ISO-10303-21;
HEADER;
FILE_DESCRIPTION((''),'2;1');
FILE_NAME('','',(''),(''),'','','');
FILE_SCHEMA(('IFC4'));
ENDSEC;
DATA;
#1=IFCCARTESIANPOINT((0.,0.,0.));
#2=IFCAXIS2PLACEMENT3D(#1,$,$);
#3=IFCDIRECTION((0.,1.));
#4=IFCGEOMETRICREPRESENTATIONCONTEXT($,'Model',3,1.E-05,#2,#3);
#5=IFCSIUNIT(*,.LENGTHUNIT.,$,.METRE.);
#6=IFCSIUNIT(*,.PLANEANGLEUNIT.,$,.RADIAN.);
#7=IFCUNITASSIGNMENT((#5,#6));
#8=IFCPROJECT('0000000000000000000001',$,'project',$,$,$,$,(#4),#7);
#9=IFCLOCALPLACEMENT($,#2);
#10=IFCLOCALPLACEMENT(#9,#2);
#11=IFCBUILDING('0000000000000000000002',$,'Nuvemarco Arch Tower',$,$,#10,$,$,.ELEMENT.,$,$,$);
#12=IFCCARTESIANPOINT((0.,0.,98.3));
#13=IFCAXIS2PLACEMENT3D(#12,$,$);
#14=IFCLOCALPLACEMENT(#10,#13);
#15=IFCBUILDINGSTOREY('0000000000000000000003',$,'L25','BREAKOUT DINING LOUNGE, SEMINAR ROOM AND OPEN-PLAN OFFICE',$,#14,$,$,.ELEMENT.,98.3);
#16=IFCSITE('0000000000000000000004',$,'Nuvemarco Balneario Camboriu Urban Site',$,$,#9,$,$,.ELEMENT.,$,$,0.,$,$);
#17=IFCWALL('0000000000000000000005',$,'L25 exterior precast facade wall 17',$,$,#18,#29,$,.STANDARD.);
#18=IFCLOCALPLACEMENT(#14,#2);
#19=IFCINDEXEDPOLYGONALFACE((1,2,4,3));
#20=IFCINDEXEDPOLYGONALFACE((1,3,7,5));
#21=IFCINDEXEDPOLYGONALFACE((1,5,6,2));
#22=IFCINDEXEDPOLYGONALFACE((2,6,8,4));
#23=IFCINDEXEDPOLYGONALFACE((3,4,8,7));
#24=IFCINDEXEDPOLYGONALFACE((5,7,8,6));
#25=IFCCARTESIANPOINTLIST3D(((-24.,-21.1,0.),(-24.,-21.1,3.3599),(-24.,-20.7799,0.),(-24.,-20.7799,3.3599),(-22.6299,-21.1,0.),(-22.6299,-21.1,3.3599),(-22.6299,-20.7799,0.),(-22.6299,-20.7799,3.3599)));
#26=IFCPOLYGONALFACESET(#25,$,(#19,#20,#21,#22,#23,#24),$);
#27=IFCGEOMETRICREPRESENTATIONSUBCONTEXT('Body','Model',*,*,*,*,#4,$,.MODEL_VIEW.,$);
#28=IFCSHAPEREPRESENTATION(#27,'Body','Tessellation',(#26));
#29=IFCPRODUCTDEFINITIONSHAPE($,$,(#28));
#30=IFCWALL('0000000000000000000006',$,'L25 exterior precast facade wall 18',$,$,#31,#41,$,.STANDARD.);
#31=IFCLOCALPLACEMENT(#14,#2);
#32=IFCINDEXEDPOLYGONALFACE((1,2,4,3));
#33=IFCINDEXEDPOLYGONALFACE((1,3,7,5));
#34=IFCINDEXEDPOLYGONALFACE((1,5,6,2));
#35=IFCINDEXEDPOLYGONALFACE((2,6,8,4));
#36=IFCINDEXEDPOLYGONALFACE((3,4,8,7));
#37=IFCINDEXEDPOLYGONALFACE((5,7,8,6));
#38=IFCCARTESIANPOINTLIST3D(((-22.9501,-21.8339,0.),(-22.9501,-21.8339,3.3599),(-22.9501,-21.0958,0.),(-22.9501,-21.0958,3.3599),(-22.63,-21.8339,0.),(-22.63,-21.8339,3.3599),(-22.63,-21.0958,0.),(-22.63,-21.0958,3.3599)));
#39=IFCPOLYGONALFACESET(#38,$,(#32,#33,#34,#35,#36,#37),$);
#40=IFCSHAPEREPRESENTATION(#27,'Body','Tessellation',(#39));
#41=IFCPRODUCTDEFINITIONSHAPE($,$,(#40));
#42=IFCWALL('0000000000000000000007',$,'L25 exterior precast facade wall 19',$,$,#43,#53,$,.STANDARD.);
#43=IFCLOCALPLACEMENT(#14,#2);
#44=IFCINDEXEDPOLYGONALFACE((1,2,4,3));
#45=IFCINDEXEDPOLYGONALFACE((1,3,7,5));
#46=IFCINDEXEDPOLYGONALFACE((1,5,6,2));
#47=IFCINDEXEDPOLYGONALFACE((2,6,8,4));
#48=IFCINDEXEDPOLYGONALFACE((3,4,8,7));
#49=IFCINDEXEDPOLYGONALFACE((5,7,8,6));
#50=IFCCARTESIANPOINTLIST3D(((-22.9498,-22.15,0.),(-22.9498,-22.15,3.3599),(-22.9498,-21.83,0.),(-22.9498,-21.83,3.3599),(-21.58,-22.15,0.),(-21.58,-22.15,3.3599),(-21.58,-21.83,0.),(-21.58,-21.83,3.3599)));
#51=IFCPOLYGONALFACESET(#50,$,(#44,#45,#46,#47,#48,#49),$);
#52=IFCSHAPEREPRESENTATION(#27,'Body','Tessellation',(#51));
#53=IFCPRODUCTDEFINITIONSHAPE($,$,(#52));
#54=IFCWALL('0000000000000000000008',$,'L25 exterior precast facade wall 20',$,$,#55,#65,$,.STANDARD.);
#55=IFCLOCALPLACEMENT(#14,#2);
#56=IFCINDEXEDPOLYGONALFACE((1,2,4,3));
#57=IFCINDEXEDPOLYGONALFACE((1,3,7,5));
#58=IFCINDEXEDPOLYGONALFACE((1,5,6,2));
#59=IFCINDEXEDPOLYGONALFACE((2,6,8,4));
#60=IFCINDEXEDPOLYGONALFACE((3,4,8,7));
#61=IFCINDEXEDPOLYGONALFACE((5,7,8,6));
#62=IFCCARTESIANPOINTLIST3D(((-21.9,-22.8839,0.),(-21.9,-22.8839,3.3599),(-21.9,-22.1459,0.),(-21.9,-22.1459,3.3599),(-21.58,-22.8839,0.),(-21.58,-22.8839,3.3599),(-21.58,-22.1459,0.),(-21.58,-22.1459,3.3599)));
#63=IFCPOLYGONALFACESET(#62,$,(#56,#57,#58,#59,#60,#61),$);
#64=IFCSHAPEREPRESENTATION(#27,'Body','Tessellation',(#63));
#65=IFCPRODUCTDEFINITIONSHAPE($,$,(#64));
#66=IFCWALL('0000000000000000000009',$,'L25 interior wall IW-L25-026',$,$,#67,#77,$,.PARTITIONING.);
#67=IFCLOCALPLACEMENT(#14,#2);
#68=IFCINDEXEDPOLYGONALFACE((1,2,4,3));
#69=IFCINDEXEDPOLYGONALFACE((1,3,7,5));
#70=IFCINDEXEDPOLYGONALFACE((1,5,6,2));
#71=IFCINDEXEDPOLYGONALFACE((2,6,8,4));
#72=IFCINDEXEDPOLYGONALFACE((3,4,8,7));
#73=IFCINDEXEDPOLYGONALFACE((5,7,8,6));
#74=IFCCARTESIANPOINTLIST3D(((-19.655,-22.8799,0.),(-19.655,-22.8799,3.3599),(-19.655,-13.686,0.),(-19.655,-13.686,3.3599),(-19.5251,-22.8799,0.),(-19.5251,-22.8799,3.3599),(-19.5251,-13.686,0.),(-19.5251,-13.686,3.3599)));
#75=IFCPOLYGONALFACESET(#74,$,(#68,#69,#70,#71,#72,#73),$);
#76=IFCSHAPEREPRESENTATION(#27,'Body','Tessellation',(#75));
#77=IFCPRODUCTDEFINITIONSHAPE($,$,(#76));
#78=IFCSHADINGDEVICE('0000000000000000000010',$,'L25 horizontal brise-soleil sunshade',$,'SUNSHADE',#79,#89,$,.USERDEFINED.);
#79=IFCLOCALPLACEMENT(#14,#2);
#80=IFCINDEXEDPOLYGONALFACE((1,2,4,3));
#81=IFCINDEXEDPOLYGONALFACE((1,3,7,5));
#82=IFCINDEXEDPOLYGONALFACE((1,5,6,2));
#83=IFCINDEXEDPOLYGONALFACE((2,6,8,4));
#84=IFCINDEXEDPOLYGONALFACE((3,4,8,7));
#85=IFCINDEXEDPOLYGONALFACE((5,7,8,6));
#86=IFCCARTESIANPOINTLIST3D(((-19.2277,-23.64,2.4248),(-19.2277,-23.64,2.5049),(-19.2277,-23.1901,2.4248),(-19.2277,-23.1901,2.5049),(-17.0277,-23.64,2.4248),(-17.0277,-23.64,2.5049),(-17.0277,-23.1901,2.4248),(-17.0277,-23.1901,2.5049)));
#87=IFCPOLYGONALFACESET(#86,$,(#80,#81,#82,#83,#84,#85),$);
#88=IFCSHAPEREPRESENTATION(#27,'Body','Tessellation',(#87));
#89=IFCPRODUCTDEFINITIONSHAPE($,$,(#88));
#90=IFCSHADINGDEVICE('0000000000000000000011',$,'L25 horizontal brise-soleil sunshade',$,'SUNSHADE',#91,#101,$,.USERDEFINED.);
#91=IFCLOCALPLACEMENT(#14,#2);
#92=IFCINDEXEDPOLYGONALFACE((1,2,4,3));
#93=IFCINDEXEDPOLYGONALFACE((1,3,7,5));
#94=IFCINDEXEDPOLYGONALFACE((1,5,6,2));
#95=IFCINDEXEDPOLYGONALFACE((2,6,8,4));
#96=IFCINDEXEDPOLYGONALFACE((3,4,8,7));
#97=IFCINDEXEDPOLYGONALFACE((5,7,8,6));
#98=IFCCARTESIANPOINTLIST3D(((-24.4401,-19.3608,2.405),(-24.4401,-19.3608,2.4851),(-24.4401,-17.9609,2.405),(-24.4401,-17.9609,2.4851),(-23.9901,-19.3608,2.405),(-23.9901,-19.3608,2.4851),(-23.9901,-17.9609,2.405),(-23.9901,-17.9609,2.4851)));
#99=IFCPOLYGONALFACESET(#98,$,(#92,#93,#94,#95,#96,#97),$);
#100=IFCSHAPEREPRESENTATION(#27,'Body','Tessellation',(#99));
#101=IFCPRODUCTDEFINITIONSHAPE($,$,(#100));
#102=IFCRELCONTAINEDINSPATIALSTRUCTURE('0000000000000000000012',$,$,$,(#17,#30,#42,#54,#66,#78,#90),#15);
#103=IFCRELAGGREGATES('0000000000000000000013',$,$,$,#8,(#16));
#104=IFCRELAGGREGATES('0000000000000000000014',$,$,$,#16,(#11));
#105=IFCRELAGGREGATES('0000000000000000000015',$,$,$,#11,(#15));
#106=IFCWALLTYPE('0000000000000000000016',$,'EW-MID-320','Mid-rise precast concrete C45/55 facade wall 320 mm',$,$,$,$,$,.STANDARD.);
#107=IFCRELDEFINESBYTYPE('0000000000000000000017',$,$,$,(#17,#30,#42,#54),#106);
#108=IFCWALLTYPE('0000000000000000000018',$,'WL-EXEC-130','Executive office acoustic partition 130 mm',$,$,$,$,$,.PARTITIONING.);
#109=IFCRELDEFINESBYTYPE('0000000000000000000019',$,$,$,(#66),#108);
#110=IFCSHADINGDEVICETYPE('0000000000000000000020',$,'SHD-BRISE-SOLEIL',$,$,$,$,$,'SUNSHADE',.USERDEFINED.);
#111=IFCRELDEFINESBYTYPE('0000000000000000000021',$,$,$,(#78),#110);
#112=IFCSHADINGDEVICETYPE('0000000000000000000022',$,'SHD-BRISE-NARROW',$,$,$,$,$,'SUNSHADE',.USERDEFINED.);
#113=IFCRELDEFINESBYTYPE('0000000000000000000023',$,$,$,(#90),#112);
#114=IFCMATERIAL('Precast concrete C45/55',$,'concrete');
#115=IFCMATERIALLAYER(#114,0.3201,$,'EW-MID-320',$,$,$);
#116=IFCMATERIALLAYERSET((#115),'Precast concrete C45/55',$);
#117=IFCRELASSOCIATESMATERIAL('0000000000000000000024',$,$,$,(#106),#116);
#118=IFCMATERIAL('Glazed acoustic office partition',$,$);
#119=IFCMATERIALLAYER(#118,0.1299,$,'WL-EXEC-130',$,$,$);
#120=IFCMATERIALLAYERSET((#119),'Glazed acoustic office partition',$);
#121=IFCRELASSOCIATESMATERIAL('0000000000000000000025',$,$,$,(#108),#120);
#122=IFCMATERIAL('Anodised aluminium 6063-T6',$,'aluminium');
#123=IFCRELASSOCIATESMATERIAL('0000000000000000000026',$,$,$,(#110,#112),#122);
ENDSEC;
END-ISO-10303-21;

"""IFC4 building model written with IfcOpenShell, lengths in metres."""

from ifc_helpers import new_model, si_unit, direction, frame, frame_2d, origin, origin_2d, place, context, subcontext, project, spatial, rectangle, extrude, source, transform, mapped, material, layer, layer_set, type_object, type_shapes, element, save


model = new_model("IFC4")

# Units and contexts
model_context = context("Model", 3, precision=1e-05, world=origin(), true_north=direction((0.0, 1.0)))
body_context = subcontext(model_context, "Body", "Model", "MODEL_VIEW")
ifc_project = project(units=[si_unit("LENGTHUNIT", "METRE"), si_unit("PLANEANGLEUNIT", "RADIAN")], contexts=[model_context])

# Site, building, storey
site_placement = place(None, origin())
site = spatial("IfcSite", under=ifc_project, at=site_placement, Name="Nuvemarco Balneario Camboriu Urban Site", CompositionType="ELEMENT", RefElevation=0.0)
building_placement = place(site_placement, origin())
building = spatial("IfcBuilding", under=site, at=building_placement, Name="Nuvemarco Arch Tower", CompositionType="ELEMENT")
storey_placement = place(building_placement, frame((0.0, 0.0, 98.3)))
storey = spatial("IfcBuildingStorey", under=building, at=storey_placement, Name="L25", Description="BREAKOUT DINING LOUNGE, SEMINAR ROOM AND OPEN-PLAN OFFICE", CompositionType="ELEMENT", Elevation=98.3)

# Shared definitions
ifc_material_1 = material(Name="Precast concrete C45/55", Category="concrete")
ifc_layer_1 = layer(ifc_material_1, 0.3201, Name="EW-MID-320")
ifc_layer_set_1 = layer_set([ifc_layer_1], Name="Precast concrete C45/55")
wall_type_1 = type_object("IfcWallType", Name="EW-MID-320", Description="Mid-rise precast concrete C45/55 facade wall 320 mm", PredefinedType="STANDARD", material=ifc_layer_set_1)

# Walls
wall_1_placement = place(storey_placement, frame((-24.0, -20.9399, 0.0), z_axis=(0.0, 0.0, 1.0), x_axis=(1.0, 0.0, 0.0)))
element("IfcWall", 1, at=wall_1_placement, inside=storey, type_object=wall_type_1, Name="L25 exterior precast facade wall 17", PredefinedType="STANDARD", context=body_context, shape_type="SweptSolid", body=[
    extrude(rectangle(XDim=1.3701, YDim=0.3201, at=frame_2d((0.6851, 0.0))), origin(), (0.0, 0.0, 1.0), 3.3599),
])
wall_2_placement = place(storey_placement, frame((-22.79, -21.834, 0.0), z_axis=(0.0, 0.0, 1.0), x_axis=(0.0, 1.0, 0.0)))
element("IfcWall", 2, at=wall_2_placement, inside=storey, type_object=wall_type_1, Name="L25 exterior precast facade wall 18", PredefinedType="STANDARD", context=body_context, shape_type="SweptSolid", body=[
    extrude(rectangle(XDim=0.738, YDim=0.3201, at=frame_2d((0.3691, 0.0))), origin(), (0.0, 0.0, 1.0), 3.3599),
])
wall_3_placement = place(storey_placement, frame((-22.95, -21.99, 0.0), z_axis=(0.0, 0.0, 1.0), x_axis=(1.0, 0.0, 0.0)))
element("IfcWall", 3, at=wall_3_placement, inside=storey, type_object=wall_type_1, Name="L25 exterior precast facade wall 19", PredefinedType="STANDARD", context=body_context, shape_type="SweptSolid", body=[
    extrude(rectangle(XDim=1.3699, YDim=0.3201, at=frame_2d((0.6851, 0.0))), origin(), (0.0, 0.0, 1.0), 3.3599),
])
wall_4_placement = place(storey_placement, frame((-21.74, -22.884, 0.0), z_axis=(0.0, 0.0, 1.0), x_axis=(0.0, 1.0, 0.0)))
element("IfcWall", 4, at=wall_4_placement, inside=storey, type_object=wall_type_1, Name="L25 exterior precast facade wall 20", PredefinedType="STANDARD", context=body_context, shape_type="SweptSolid", body=[
    extrude(rectangle(XDim=0.738, YDim=0.3201, at=frame_2d((0.3691, 0.0))), origin(), (0.0, 0.0, 1.0), 3.3599),
])
ifc_material_2 = material(Name="Glazed acoustic office partition")
ifc_layer_2 = layer(ifc_material_2, 0.1299, Name="WL-EXEC-130")
ifc_layer_set_2 = layer_set([ifc_layer_2], Name="Glazed acoustic office partition")
wall_type_2 = type_object("IfcWallType", Name="WL-EXEC-130", Description="Executive office acoustic partition 130 mm", PredefinedType="PARTITIONING", material=ifc_layer_set_2)
wall_5_placement = place(storey_placement, frame((-19.5901, -22.8799, 0.0), z_axis=(0.0, 0.0, 1.0), x_axis=(0.0, 1.0, 0.0)))
element("IfcWall", 5, at=wall_5_placement, inside=storey, type_object=wall_type_2, Name="L25 interior wall IW-L25-026", PredefinedType="PARTITIONING", context=body_context, shape_type="SweptSolid", body=[
    extrude(rectangle(XDim=9.1938, YDim=0.1299, at=frame_2d((4.5969, 0.0))), origin(), (0.0, 0.0, 1.0), 3.3599),
])

# Shading devices
ifc_material_3 = material(Name="Anodised aluminium 6063-T6", Category="aluminium")
shading_device_type_1 = type_object("IfcShadingDeviceType", Name="SHD-BRISE-SOLEIL", ElementType="SUNSHADE", PredefinedType="USERDEFINED", material=ifc_material_3)
shared_shape_1 = source(origin(), body_context, "Body", "SweptSolid", [
    extrude(rectangle(XDim=2.2, YDim=0.45, at=origin_2d()), origin(), (0.0, 0.0, 1.0), 0.0801),
])
type_shapes(shading_device_type_1, [shared_shape_1])
shading_device_1_placement = place(storey_placement, frame((-18.1277, -23.415, 2.4248), z_axis=(0.0, 0.0, 1.0), x_axis=(1.0, 0.0, 0.0)))
element("IfcShadingDevice", 6, at=shading_device_1_placement, inside=storey, type_object=shading_device_type_1, Name="L25 horizontal brise-soleil sunshade", ObjectType="SUNSHADE", PredefinedType="USERDEFINED", context=body_context, shape_type="MappedRepresentation", body=[
    mapped(shared_shape_1, transform((0.0, 0.0, 0.0), scale=1.0)),
])
shading_device_type_2 = type_object("IfcShadingDeviceType", Name="SHD-BRISE-NARROW", ElementType="SUNSHADE", PredefinedType="USERDEFINED", material=ifc_material_3)
shared_shape_2 = source(origin(), body_context, "Body", "SweptSolid", [
    extrude(rectangle(XDim=1.3999, YDim=0.45, at=origin_2d()), origin(), (0.0, 0.0, 1.0), 0.0801),
])
type_shapes(shading_device_type_2, [shared_shape_2])
shading_device_2_placement = place(storey_placement, frame((-24.2151, -18.6609, 2.405), z_axis=(0.0, 0.0, 1.0), x_axis=(0.0, 1.0, 0.0)))
element("IfcShadingDevice", 7, at=shading_device_2_placement, inside=storey, type_object=shading_device_type_2, Name="L25 horizontal brise-soleil sunshade", ObjectType="SUNSHADE", PredefinedType="USERDEFINED", context=body_context, shape_type="MappedRepresentation", body=[
    mapped(shared_shape_2, transform((0.0, 0.0, 0.0), scale=1.0)),
])

save(model, "model.ifc")
